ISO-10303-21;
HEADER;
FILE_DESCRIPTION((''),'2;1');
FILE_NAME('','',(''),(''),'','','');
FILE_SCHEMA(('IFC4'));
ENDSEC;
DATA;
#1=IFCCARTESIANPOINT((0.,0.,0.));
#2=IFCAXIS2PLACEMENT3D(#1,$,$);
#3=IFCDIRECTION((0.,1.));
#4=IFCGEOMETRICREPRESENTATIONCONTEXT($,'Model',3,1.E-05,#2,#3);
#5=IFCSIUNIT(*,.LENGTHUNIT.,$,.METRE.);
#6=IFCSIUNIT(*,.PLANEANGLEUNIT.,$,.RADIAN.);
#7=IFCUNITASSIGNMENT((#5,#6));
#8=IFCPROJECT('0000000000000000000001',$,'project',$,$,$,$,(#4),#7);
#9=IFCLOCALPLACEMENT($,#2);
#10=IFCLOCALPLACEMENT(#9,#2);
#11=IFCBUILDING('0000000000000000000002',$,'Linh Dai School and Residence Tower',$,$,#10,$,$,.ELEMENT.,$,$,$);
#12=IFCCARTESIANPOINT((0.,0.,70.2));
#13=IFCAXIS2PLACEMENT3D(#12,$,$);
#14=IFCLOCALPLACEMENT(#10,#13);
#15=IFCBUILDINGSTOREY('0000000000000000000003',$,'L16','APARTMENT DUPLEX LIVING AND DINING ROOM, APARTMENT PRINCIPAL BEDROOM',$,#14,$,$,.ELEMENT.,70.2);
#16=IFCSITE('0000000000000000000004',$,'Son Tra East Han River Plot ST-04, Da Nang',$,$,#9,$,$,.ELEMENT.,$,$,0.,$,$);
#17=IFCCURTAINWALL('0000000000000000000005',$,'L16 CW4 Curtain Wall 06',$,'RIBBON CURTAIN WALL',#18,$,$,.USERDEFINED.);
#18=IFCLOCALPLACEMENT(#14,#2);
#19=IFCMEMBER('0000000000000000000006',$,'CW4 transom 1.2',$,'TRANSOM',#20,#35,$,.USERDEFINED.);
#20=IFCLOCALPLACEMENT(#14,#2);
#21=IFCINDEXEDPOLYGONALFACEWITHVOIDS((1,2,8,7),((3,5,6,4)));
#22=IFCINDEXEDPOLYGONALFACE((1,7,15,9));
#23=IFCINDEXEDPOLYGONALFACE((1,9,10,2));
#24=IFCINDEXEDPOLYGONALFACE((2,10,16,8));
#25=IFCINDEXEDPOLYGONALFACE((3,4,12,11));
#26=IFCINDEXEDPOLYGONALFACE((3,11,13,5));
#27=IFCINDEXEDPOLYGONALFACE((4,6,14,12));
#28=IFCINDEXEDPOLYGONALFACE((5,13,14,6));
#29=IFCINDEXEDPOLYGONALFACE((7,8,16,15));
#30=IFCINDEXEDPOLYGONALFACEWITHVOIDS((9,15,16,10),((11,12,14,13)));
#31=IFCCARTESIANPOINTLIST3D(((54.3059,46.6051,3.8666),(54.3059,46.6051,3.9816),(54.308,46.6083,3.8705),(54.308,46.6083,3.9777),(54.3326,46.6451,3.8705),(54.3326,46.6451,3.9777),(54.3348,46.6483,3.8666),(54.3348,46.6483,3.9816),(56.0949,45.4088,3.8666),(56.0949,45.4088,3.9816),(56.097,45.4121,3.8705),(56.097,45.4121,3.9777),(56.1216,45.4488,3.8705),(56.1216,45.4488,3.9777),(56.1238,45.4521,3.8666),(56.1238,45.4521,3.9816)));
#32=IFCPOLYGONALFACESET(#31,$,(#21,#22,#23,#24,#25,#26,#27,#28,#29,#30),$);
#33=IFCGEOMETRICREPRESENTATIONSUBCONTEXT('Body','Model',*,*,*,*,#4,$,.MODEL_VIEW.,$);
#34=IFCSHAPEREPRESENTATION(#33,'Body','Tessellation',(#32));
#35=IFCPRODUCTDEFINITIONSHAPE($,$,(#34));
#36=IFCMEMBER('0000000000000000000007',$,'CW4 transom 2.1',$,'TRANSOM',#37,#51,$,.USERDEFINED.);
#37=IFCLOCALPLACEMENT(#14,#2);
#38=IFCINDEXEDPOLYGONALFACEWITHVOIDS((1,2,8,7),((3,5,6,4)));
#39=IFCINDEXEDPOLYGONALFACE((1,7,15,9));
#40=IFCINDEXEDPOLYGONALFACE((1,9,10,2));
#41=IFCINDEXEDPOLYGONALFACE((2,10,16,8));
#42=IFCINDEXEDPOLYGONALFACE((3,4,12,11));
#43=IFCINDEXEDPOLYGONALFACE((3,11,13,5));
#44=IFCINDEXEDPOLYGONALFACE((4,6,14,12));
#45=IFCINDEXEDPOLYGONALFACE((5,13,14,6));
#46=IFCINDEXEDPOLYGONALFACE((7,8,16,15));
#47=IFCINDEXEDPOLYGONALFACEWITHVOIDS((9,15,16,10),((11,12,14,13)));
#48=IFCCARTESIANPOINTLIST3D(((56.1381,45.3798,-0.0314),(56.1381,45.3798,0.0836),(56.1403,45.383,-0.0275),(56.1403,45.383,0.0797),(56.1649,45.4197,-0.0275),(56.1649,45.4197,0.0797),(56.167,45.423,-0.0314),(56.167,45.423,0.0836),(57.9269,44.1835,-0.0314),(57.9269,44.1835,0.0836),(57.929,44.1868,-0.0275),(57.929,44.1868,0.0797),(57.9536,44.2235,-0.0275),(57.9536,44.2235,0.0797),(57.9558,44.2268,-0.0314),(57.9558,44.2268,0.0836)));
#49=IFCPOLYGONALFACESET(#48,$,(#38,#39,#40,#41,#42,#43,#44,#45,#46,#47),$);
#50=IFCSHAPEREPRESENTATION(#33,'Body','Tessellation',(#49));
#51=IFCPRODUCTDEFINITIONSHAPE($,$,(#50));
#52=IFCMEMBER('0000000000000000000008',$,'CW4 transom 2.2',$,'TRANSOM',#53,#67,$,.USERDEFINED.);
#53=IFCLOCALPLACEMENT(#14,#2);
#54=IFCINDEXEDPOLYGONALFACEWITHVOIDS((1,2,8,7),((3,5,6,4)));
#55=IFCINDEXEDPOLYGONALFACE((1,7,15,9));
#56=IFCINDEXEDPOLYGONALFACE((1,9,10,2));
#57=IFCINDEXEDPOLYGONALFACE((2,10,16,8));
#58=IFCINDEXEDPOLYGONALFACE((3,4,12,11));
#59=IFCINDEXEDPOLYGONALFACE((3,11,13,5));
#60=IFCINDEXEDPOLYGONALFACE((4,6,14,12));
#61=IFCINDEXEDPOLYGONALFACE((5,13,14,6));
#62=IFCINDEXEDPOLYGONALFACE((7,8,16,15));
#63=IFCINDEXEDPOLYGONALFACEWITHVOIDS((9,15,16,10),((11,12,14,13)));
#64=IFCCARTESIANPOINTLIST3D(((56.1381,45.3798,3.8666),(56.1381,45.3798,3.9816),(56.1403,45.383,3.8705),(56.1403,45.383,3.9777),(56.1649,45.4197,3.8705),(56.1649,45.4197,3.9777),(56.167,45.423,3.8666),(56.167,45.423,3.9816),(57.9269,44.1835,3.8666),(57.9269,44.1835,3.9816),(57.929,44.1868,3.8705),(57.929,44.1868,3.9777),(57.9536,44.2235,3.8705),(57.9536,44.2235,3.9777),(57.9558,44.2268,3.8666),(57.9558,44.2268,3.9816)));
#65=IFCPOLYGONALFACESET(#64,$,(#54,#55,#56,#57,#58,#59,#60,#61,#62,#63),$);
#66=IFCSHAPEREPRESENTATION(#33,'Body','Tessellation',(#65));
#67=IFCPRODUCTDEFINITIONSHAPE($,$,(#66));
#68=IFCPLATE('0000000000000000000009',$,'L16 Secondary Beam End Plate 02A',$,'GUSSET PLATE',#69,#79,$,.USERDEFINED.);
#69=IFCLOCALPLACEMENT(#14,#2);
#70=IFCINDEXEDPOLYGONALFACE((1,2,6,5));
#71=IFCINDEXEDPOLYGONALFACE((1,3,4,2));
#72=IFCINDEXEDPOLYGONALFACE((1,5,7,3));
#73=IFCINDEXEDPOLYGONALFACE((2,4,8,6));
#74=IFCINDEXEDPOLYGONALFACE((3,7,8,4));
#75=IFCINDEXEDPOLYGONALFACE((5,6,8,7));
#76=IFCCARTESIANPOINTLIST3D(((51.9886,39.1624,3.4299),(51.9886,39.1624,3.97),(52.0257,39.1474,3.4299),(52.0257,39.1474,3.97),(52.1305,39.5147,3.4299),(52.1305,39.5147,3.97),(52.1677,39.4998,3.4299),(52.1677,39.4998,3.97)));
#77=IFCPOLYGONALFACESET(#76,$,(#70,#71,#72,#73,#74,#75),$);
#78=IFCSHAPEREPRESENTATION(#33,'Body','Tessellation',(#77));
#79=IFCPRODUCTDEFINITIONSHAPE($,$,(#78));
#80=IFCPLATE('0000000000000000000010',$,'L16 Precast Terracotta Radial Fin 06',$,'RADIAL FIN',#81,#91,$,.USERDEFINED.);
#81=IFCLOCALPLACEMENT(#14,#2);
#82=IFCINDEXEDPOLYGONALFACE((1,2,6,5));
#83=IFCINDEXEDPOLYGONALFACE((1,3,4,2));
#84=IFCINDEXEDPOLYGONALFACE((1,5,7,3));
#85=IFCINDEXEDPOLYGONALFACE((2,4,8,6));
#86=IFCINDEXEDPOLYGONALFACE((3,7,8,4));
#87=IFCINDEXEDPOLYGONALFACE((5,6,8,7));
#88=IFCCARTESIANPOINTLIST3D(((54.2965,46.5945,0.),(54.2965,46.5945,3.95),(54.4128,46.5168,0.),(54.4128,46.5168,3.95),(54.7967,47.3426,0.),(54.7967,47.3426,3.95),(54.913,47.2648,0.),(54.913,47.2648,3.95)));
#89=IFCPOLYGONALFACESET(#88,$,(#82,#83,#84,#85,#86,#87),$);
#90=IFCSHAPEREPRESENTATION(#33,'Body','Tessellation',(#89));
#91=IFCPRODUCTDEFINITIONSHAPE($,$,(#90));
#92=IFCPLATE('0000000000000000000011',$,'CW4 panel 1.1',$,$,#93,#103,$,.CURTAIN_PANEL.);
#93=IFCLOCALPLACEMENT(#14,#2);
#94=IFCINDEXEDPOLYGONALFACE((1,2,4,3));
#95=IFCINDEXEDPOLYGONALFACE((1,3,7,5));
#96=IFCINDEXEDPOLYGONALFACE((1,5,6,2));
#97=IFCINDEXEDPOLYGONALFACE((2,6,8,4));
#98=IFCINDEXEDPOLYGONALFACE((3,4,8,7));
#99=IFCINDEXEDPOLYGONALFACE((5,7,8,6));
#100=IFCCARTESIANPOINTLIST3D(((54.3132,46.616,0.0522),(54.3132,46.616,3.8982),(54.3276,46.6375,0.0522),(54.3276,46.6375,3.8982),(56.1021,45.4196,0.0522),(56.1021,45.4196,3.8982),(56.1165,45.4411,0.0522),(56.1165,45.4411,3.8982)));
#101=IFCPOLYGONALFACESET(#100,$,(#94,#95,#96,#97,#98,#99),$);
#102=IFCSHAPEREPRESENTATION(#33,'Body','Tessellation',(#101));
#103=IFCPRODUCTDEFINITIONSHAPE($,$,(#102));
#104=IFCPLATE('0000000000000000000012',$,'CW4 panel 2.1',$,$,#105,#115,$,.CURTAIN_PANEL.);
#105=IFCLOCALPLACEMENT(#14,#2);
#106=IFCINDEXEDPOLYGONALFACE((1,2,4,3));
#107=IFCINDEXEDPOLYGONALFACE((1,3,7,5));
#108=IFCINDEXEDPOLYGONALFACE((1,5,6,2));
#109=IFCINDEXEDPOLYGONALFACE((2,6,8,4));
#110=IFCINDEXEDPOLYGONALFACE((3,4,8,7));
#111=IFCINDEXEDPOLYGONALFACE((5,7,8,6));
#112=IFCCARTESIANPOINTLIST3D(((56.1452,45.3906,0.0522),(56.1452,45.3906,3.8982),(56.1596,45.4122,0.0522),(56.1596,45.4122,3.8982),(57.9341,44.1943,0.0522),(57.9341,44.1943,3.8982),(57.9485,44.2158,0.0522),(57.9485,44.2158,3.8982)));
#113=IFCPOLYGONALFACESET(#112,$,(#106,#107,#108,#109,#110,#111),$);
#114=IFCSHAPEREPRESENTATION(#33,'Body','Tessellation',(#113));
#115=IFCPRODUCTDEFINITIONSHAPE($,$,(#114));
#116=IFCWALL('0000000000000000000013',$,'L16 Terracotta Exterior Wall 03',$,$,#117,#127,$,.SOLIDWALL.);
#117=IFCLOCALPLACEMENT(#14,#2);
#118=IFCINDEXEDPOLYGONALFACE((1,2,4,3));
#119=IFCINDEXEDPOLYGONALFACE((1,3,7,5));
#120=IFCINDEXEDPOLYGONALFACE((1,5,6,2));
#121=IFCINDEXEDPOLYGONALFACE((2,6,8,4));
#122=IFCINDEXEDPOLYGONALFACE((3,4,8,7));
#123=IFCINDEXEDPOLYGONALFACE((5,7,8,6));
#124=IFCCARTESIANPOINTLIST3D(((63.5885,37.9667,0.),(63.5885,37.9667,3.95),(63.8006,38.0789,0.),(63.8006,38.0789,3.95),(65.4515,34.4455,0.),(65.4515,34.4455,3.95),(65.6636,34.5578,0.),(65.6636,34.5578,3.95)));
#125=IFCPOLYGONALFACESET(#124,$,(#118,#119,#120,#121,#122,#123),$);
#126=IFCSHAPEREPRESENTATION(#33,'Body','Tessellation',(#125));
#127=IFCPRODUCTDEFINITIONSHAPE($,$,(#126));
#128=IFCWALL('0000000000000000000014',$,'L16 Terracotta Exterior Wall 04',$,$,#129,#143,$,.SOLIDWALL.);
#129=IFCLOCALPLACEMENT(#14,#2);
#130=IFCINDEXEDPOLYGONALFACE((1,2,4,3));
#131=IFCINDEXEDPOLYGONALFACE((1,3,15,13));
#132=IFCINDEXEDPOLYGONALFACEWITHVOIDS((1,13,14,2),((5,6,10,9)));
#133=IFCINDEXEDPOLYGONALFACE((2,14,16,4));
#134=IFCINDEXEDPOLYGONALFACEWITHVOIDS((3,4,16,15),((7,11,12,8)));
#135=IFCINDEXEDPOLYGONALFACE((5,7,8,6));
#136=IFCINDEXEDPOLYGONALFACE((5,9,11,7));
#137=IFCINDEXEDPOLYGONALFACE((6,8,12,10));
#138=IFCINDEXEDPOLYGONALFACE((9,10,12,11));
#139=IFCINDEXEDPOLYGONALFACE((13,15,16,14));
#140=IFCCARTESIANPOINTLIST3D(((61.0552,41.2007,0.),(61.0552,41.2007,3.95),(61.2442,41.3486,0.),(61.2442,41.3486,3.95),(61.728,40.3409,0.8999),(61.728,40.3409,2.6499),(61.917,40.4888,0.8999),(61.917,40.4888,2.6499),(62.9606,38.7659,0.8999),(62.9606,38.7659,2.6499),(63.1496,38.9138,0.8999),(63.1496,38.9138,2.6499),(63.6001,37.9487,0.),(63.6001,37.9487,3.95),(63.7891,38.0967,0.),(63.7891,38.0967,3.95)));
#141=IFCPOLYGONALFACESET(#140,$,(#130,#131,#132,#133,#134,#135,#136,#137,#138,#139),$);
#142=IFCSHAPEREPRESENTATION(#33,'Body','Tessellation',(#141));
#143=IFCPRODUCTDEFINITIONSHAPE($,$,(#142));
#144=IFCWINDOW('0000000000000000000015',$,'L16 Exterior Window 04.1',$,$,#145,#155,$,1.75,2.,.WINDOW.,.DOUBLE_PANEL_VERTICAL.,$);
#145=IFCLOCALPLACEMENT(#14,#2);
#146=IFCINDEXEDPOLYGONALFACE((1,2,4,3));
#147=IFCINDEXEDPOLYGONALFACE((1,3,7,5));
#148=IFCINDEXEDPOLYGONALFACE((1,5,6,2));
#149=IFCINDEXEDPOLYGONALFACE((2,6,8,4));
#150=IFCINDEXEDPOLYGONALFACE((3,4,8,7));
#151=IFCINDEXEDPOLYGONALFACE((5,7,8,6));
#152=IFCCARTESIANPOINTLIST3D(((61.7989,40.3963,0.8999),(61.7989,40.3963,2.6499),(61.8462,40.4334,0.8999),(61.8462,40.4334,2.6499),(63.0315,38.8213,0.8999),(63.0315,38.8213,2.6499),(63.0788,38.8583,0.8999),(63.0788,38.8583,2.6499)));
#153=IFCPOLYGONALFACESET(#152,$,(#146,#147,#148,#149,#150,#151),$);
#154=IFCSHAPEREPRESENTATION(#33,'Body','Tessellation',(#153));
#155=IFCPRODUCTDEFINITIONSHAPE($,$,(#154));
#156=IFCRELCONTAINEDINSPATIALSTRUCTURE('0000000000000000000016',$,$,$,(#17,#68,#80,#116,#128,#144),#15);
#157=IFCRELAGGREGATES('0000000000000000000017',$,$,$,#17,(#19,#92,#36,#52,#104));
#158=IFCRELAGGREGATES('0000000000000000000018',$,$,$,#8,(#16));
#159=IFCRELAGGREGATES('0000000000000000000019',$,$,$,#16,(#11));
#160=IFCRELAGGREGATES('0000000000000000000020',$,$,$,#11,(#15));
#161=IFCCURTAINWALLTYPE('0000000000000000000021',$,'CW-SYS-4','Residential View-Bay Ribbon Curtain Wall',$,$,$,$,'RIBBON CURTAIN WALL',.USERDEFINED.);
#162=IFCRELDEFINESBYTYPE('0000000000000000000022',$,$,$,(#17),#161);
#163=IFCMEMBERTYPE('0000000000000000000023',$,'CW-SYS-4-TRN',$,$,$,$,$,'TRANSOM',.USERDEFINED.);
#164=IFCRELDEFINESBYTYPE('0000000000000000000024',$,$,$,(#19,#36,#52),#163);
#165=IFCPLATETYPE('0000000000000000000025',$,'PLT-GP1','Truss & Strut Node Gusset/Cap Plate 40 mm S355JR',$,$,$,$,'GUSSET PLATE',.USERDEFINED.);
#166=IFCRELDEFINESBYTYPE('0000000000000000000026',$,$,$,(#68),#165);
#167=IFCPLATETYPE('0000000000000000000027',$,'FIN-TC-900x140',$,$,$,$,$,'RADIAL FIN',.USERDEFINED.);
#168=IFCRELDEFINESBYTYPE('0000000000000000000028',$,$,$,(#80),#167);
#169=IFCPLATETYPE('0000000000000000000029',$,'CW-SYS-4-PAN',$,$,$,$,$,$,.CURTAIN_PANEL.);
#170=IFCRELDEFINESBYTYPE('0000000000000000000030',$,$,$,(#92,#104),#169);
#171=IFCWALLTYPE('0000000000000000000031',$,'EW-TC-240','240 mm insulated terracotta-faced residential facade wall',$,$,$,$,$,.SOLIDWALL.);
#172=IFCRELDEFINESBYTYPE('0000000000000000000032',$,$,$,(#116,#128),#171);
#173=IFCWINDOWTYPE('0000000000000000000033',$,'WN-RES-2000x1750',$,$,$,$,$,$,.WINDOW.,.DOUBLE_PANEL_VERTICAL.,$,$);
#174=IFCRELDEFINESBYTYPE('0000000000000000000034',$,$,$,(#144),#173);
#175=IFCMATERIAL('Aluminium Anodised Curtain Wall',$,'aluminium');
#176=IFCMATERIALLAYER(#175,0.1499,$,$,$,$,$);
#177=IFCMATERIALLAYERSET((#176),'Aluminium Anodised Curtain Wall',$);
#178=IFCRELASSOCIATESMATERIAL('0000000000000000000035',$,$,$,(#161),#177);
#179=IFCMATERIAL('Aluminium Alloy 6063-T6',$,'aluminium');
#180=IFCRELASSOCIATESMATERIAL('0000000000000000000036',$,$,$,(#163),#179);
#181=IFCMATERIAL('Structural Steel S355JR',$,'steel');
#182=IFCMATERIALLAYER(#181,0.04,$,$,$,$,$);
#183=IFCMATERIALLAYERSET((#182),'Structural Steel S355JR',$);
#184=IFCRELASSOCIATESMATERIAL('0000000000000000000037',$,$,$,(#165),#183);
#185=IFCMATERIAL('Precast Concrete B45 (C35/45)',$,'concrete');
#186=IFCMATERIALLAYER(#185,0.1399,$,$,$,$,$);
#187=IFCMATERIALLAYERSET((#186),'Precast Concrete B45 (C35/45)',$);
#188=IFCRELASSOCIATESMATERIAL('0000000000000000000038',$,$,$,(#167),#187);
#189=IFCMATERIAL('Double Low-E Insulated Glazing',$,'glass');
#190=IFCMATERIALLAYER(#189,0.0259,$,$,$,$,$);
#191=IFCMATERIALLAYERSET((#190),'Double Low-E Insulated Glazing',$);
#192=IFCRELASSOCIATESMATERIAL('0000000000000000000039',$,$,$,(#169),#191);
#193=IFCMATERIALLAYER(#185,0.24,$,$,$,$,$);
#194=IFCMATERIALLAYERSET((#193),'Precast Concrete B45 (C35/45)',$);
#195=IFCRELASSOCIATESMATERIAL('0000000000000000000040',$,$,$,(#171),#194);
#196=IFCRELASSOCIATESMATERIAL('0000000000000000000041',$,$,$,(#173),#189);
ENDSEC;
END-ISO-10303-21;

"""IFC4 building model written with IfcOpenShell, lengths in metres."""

from ifc_helpers import new_model, si_unit, direction, frame, frame_2d, origin, origin_2d, place, context, subcontext, project, spatial, rectangle, hollow_rectangle, extrude, source, transform, mapped, material, layer, layer_set, material_profile, profile_set, type_object, element, fill, aggregate, save


model = new_model("IFC4")

# Units and contexts
model_context = context("Model", 3, precision=1e-05, world=origin(), true_north=direction((0.0, 1.0)))
body_context = subcontext(model_context, "Body", "Model", "MODEL_VIEW")
ifc_project = project(units=[si_unit("LENGTHUNIT", "METRE"), si_unit("PLANEANGLEUNIT", "RADIAN")], contexts=[model_context])

# Site, building, storey
site_placement = place(None, origin())
site = spatial("IfcSite", under=ifc_project, at=site_placement, Name="Son Tra East Han River Plot ST-04, Da Nang", CompositionType="ELEMENT", RefElevation=0.0)
building_placement = place(site_placement, origin())
building = spatial("IfcBuilding", under=site, at=building_placement, Name="Linh Dai School and Residence Tower", CompositionType="ELEMENT")
storey_placement = place(building_placement, frame((0.0, 0.0, 70.2)))
storey = spatial("IfcBuildingStorey", under=building, at=storey_placement, Name="L16", Description="APARTMENT DUPLEX LIVING AND DINING ROOM, APARTMENT PRINCIPAL BEDROOM", CompositionType="ELEMENT", Elevation=70.2)

# Shared definitions
ifc_material_1 = material(Name="Structural Steel S355JR", Category="steel")

# Curtain wall, members
ifc_material_2 = material(Name="Aluminium Anodised Curtain Wall", Category="aluminium")
ifc_layer_1 = layer(ifc_material_2, 0.1499)
ifc_layer_set_1 = layer_set([ifc_layer_1], Name="Aluminium Anodised Curtain Wall")
curtain_wall_type = type_object("IfcCurtainWallType", Name="CW-SYS-4", Description="Residential View-Bay Ribbon Curtain Wall", ElementType="RIBBON CURTAIN WALL", PredefinedType="USERDEFINED", material=ifc_layer_set_1)
curtain_wall_placement = place(storey_placement, origin())
curtain_wall = element("IfcCurtainWall", 1, at=curtain_wall_placement, inside=storey, type_object=curtain_wall_type, Name="L16 CW4 Curtain Wall 06", ObjectType="RIBBON CURTAIN WALL", PredefinedType="USERDEFINED")
ifc_material_3 = material(Name="Aluminium Alloy 6063-T6", Category="aluminium")
ifc_material_profile_1 = material_profile(ifc_material_3, hollow_rectangle(XDim=0.052, YDim=0.115, WallThickness=0.0039, at=origin_2d()), Name="RHS 115x52x4")
ifc_profile_set_1 = profile_set([ifc_material_profile_1], Name="Aluminium Alloy 6063-T6")
member_type_1 = type_object("IfcMemberType", Name="CW-SYS-4-TRN", ElementType="TRANSOM", PredefinedType="USERDEFINED", material=ifc_profile_set_1)
shared_shape_1 = source(origin(), body_context, "Body", "SweptSolid", [
    extrude(hollow_rectangle(XDim=0.052, YDim=0.115, WallThickness=0.0039, at=origin_2d()), origin(), (0.0, 0.0, 1.0), 2.1521),
])
member_1_placement = place(storey_placement, frame((54.3203, 46.6267, 3.9241), z_axis=(0.831282, -0.555852, 0.0), x_axis=(0.555852, 0.831282, 0.0)))
member_1 = element("IfcMember", 2, at=member_1_placement, type_object=member_type_1, Name="CW4 transom 1.2", ObjectType="TRANSOM", PredefinedType="USERDEFINED", context=body_context, shape_type="MappedRepresentation", body=[
    mapped(shared_shape_1, transform((0.0, 0.0, 0.0), x_axis=(1.0, 0.0, 0.0), y_axis=(0.0, 1.0, 0.0), z_axis=(0.0, 0.0, 1.0), scale=1.0)),
])
shared_shape_2 = source(origin(), body_context, "Body", "SweptSolid", [
    extrude(hollow_rectangle(XDim=0.052, YDim=0.115, WallThickness=0.0039, at=origin_2d()), origin(), (0.0, 0.0, 1.0), 2.1519),
])
member_2_placement = place(storey_placement, frame((56.1526, 45.4014, 0.0261), z_axis=(0.831247, -0.555904, 0.0), x_axis=(0.555904, 0.831247, 0.0)))
member_2 = element("IfcMember", 3, at=member_2_placement, type_object=member_type_1, Name="CW4 transom 2.1", ObjectType="TRANSOM", PredefinedType="USERDEFINED", context=body_context, shape_type="MappedRepresentation", body=[
    mapped(shared_shape_2, transform((0.0, 0.0, 0.0), x_axis=(1.0, 0.0, 0.0), y_axis=(0.0, 1.0, 0.0), z_axis=(0.0, 0.0, 1.0), scale=1.0)),
])
member_3_placement = place(storey_placement, frame((56.1526, 45.4014, 3.9241), z_axis=(0.831247, -0.555904, 0.0), x_axis=(0.555904, 0.831247, 0.0)))
member_3 = element("IfcMember", 4, at=member_3_placement, type_object=member_type_1, Name="CW4 transom 2.2", ObjectType="TRANSOM", PredefinedType="USERDEFINED", context=body_context, shape_type="MappedRepresentation", body=[
    mapped(shared_shape_2, transform((0.0, 0.0, 0.0), x_axis=(1.0, 0.0, 0.0), y_axis=(0.0, 1.0, 0.0), z_axis=(0.0, 0.0, 1.0), scale=1.0)),
])

# Plates
ifc_layer_2 = layer(ifc_material_1, 0.04)
ifc_layer_set_2 = layer_set([ifc_layer_2], Name="Structural Steel S355JR")
plate_type_1 = type_object("IfcPlateType", Name="PLT-GP1", Description="Truss & Strut Node Gusset/Cap Plate 40 mm S355JR", ElementType="GUSSET PLATE", PredefinedType="USERDEFINED", material=ifc_layer_set_2)
shared_shape_3 = source(origin(), body_context, "Body", "SweptSolid", [
    extrude(rectangle(XDim=0.04, YDim=0.3799, at=origin_2d()), origin(), (0.0, 0.0, 1.0), 0.54),
])
plate_1_placement = place(storey_placement, frame((52.0781, 39.3311, 3.4299), z_axis=(0.0, 0.0, 1.0), x_axis=(-0.927536, 0.373733, 0.0)))
element("IfcPlate", 5, at=plate_1_placement, inside=storey, type_object=plate_type_1, Name="L16 Secondary Beam End Plate 02A", ObjectType="GUSSET PLATE", PredefinedType="USERDEFINED", context=body_context, shape_type="MappedRepresentation", body=[
    mapped(shared_shape_3, transform((0.0, 0.0, 0.0), x_axis=(1.0, 0.0, 0.0), y_axis=(0.0, 1.0, 0.0), z_axis=(0.0, 0.0, 1.0), scale=1.0)),
])
ifc_material_4 = material(Name="Precast Concrete B45 (C35/45)", Category="concrete")
ifc_layer_3 = layer(ifc_material_4, 0.1399)
ifc_layer_set_3 = layer_set([ifc_layer_3], Name="Precast Concrete B45 (C35/45)")
plate_type_2 = type_object("IfcPlateType", Name="FIN-TC-900x140", ElementType="RADIAL FIN", PredefinedType="USERDEFINED", material=ifc_layer_set_3)
shared_shape_4 = source(origin(), body_context, "Body", "SweptSolid", [
    extrude(rectangle(XDim=0.8999, YDim=0.1399, at=origin_2d()), origin(), (0.0, 0.0, 1.0), 3.95),
])
plate_2_placement = place(storey_placement, frame((54.6047, 46.9297, 0.0), z_axis=(0.0, 0.0, 1.0), x_axis=(0.555898, 0.831251, 0.0)))
element("IfcPlate", 6, at=plate_2_placement, inside=storey, type_object=plate_type_2, Name="L16 Precast Terracotta Radial Fin 06", ObjectType="RADIAL FIN", PredefinedType="USERDEFINED", context=body_context, shape_type="MappedRepresentation", body=[
    mapped(shared_shape_4, transform((0.0, 0.0, 0.0), x_axis=(1.0, 0.0, 0.0), y_axis=(0.0, 1.0, 0.0), z_axis=(0.0, 0.0, 1.0), scale=1.0)),
])

# Plates
ifc_material_5 = material(Name="Double Low-E Insulated Glazing", Category="glass")
ifc_layer_4 = layer(ifc_material_5, 0.0259)
ifc_layer_set_4 = layer_set([ifc_layer_4], Name="Double Low-E Insulated Glazing")
plate_type_3 = type_object("IfcPlateType", Name="CW-SYS-4-PAN", PredefinedType="CURTAIN_PANEL", material=ifc_layer_set_4)
shared_shape_5 = source(origin(), body_context, "Body", "SweptSolid", [
    extrude(rectangle(XDim=2.1521, YDim=0.0259, at=origin_2d()), origin(), (0.0, 0.0, 1.0), 3.8459),
])
plate_3_placement = place(storey_placement, frame((55.2148, 46.0286, 0.0522), z_axis=(0.0, 0.0, 1.0), x_axis=(0.831251, -0.555898, 0.0)))
plate_3 = element("IfcPlate", 7, at=plate_3_placement, type_object=plate_type_3, Name="CW4 panel 1.1", PredefinedType="CURTAIN_PANEL", context=body_context, shape_type="MappedRepresentation", body=[
    mapped(shared_shape_5, transform((0.0, 0.0, 0.0), x_axis=(1.0, 0.0, 0.0), y_axis=(0.0, 1.0, 0.0), z_axis=(0.0, 0.0, 1.0), scale=1.0)),
])
plate_4_placement = place(storey_placement, frame((57.0469, 44.8032, 0.0522), z_axis=(0.0, 0.0, 1.0), x_axis=(0.831251, -0.555898, 0.0)))
plate_4 = element("IfcPlate", 8, at=plate_4_placement, type_object=plate_type_3, Name="CW4 panel 2.1", PredefinedType="CURTAIN_PANEL", context=body_context, shape_type="MappedRepresentation", body=[
    mapped(shared_shape_5, transform((0.0, 0.0, 0.0), x_axis=(1.0, 0.0, 0.0), y_axis=(0.0, 1.0, 0.0), z_axis=(0.0, 0.0, 1.0), scale=1.0)),
])
aggregate(curtain_wall, [member_1, plate_3, member_2, member_3, plate_4])

# Wall
ifc_layer_5 = layer(ifc_material_4, 0.24)
ifc_layer_set_5 = layer_set([ifc_layer_5], Name="Precast Concrete B45 (C35/45)")
wall_type_1 = type_object("IfcWallType", Name="EW-TC-240", Description="240 mm insulated terracotta-faced residential facade wall", PredefinedType="SOLIDWALL", material=ifc_layer_set_5)
wall_1_placement = place(storey_placement, frame((63.6946, 38.0227, 0.0), z_axis=(0.0, 0.0, 1.0), x_axis=(0.467662, -0.883907, 0.0)))
element("IfcWall", 9, at=wall_1_placement, inside=storey, type_object=wall_type_1, Name="L16 Terracotta Exterior Wall 03", PredefinedType="SOLIDWALL", context=body_context, shape_type="SweptSolid", body=[
    extrude(rectangle(XDim=3.9836, YDim=0.24, at=frame_2d((1.9917, 0.0))), origin(), (0.0, 0.0, 1.0), 3.95),
])

# Wall, opening, window
wall_2_placement = place(storey_placement, frame((61.1497, 41.2747, 0.0), z_axis=(0.0, 0.0, 1.0), x_axis=(0.616296, -0.787515, 0.0)))
wall_2 = element("IfcWall", 10, at=wall_2_placement, inside=storey, type_object=wall_type_1, Name="L16 Terracotta Exterior Wall 04", PredefinedType="SOLIDWALL", context=body_context, shape_type="SweptSolid", body=[
    extrude(rectangle(XDim=4.1294, YDim=0.24, at=frame_2d((2.0647, 0.0))), origin(), (0.0, 0.0, 1.0), 3.95),
])
opening_1_placement = place(wall_2_placement, frame((1.0918, 0.0, 0.8999)))
opening_1 = element("IfcOpeningElement", 11, at=opening_1_placement, cuts=wall_2, PredefinedType="OPENING", context=body_context, shape_type="SweptSolid", body=[
    extrude(rectangle(XDim=2.0, YDim=1.75, at=origin_2d()), frame((1.0, 0.1299, 0.875), z_axis=(0.0, -1.0, 0.0), x_axis=(1.0, 0.0, 0.0)), (0.0, 0.0, 1.0), 0.26),
])
window_type = type_object("IfcWindowType", Name="WN-RES-2000x1750", PartitioningType="DOUBLE_PANEL_VERTICAL", PredefinedType="WINDOW", material=ifc_material_5)
shared_shape_6 = source(origin(), body_context, "Body", "SweptSolid", [
    extrude(rectangle(XDim=2.0, YDim=1.75, at=origin_2d()), frame((1.0, 0.03, 0.875), z_axis=(0.0, -1.0, 0.0), x_axis=(1.0, 0.0, 0.0)), (0.0, 0.0, 1.0), 0.0601),
])
window_1_placement = place(opening_1_placement, origin())
window_1 = element("IfcWindow", 12, at=window_1_placement, inside=storey, type_object=window_type, Name="L16 Exterior Window 04.1", OverallHeight=1.75, OverallWidth=2.0, PartitioningType="DOUBLE_PANEL_VERTICAL", PredefinedType="WINDOW", context=body_context, shape_type="MappedRepresentation", body=[
    mapped(shared_shape_6, transform((0.0, 0.0, 0.0), x_axis=(1.0, 0.0, 0.0), y_axis=(0.0, 1.0, 0.0), z_axis=(0.0, 0.0, 1.0), scale=1.0)),
])
fill(opening_1, window_1)

save(model, "model.ifc")
